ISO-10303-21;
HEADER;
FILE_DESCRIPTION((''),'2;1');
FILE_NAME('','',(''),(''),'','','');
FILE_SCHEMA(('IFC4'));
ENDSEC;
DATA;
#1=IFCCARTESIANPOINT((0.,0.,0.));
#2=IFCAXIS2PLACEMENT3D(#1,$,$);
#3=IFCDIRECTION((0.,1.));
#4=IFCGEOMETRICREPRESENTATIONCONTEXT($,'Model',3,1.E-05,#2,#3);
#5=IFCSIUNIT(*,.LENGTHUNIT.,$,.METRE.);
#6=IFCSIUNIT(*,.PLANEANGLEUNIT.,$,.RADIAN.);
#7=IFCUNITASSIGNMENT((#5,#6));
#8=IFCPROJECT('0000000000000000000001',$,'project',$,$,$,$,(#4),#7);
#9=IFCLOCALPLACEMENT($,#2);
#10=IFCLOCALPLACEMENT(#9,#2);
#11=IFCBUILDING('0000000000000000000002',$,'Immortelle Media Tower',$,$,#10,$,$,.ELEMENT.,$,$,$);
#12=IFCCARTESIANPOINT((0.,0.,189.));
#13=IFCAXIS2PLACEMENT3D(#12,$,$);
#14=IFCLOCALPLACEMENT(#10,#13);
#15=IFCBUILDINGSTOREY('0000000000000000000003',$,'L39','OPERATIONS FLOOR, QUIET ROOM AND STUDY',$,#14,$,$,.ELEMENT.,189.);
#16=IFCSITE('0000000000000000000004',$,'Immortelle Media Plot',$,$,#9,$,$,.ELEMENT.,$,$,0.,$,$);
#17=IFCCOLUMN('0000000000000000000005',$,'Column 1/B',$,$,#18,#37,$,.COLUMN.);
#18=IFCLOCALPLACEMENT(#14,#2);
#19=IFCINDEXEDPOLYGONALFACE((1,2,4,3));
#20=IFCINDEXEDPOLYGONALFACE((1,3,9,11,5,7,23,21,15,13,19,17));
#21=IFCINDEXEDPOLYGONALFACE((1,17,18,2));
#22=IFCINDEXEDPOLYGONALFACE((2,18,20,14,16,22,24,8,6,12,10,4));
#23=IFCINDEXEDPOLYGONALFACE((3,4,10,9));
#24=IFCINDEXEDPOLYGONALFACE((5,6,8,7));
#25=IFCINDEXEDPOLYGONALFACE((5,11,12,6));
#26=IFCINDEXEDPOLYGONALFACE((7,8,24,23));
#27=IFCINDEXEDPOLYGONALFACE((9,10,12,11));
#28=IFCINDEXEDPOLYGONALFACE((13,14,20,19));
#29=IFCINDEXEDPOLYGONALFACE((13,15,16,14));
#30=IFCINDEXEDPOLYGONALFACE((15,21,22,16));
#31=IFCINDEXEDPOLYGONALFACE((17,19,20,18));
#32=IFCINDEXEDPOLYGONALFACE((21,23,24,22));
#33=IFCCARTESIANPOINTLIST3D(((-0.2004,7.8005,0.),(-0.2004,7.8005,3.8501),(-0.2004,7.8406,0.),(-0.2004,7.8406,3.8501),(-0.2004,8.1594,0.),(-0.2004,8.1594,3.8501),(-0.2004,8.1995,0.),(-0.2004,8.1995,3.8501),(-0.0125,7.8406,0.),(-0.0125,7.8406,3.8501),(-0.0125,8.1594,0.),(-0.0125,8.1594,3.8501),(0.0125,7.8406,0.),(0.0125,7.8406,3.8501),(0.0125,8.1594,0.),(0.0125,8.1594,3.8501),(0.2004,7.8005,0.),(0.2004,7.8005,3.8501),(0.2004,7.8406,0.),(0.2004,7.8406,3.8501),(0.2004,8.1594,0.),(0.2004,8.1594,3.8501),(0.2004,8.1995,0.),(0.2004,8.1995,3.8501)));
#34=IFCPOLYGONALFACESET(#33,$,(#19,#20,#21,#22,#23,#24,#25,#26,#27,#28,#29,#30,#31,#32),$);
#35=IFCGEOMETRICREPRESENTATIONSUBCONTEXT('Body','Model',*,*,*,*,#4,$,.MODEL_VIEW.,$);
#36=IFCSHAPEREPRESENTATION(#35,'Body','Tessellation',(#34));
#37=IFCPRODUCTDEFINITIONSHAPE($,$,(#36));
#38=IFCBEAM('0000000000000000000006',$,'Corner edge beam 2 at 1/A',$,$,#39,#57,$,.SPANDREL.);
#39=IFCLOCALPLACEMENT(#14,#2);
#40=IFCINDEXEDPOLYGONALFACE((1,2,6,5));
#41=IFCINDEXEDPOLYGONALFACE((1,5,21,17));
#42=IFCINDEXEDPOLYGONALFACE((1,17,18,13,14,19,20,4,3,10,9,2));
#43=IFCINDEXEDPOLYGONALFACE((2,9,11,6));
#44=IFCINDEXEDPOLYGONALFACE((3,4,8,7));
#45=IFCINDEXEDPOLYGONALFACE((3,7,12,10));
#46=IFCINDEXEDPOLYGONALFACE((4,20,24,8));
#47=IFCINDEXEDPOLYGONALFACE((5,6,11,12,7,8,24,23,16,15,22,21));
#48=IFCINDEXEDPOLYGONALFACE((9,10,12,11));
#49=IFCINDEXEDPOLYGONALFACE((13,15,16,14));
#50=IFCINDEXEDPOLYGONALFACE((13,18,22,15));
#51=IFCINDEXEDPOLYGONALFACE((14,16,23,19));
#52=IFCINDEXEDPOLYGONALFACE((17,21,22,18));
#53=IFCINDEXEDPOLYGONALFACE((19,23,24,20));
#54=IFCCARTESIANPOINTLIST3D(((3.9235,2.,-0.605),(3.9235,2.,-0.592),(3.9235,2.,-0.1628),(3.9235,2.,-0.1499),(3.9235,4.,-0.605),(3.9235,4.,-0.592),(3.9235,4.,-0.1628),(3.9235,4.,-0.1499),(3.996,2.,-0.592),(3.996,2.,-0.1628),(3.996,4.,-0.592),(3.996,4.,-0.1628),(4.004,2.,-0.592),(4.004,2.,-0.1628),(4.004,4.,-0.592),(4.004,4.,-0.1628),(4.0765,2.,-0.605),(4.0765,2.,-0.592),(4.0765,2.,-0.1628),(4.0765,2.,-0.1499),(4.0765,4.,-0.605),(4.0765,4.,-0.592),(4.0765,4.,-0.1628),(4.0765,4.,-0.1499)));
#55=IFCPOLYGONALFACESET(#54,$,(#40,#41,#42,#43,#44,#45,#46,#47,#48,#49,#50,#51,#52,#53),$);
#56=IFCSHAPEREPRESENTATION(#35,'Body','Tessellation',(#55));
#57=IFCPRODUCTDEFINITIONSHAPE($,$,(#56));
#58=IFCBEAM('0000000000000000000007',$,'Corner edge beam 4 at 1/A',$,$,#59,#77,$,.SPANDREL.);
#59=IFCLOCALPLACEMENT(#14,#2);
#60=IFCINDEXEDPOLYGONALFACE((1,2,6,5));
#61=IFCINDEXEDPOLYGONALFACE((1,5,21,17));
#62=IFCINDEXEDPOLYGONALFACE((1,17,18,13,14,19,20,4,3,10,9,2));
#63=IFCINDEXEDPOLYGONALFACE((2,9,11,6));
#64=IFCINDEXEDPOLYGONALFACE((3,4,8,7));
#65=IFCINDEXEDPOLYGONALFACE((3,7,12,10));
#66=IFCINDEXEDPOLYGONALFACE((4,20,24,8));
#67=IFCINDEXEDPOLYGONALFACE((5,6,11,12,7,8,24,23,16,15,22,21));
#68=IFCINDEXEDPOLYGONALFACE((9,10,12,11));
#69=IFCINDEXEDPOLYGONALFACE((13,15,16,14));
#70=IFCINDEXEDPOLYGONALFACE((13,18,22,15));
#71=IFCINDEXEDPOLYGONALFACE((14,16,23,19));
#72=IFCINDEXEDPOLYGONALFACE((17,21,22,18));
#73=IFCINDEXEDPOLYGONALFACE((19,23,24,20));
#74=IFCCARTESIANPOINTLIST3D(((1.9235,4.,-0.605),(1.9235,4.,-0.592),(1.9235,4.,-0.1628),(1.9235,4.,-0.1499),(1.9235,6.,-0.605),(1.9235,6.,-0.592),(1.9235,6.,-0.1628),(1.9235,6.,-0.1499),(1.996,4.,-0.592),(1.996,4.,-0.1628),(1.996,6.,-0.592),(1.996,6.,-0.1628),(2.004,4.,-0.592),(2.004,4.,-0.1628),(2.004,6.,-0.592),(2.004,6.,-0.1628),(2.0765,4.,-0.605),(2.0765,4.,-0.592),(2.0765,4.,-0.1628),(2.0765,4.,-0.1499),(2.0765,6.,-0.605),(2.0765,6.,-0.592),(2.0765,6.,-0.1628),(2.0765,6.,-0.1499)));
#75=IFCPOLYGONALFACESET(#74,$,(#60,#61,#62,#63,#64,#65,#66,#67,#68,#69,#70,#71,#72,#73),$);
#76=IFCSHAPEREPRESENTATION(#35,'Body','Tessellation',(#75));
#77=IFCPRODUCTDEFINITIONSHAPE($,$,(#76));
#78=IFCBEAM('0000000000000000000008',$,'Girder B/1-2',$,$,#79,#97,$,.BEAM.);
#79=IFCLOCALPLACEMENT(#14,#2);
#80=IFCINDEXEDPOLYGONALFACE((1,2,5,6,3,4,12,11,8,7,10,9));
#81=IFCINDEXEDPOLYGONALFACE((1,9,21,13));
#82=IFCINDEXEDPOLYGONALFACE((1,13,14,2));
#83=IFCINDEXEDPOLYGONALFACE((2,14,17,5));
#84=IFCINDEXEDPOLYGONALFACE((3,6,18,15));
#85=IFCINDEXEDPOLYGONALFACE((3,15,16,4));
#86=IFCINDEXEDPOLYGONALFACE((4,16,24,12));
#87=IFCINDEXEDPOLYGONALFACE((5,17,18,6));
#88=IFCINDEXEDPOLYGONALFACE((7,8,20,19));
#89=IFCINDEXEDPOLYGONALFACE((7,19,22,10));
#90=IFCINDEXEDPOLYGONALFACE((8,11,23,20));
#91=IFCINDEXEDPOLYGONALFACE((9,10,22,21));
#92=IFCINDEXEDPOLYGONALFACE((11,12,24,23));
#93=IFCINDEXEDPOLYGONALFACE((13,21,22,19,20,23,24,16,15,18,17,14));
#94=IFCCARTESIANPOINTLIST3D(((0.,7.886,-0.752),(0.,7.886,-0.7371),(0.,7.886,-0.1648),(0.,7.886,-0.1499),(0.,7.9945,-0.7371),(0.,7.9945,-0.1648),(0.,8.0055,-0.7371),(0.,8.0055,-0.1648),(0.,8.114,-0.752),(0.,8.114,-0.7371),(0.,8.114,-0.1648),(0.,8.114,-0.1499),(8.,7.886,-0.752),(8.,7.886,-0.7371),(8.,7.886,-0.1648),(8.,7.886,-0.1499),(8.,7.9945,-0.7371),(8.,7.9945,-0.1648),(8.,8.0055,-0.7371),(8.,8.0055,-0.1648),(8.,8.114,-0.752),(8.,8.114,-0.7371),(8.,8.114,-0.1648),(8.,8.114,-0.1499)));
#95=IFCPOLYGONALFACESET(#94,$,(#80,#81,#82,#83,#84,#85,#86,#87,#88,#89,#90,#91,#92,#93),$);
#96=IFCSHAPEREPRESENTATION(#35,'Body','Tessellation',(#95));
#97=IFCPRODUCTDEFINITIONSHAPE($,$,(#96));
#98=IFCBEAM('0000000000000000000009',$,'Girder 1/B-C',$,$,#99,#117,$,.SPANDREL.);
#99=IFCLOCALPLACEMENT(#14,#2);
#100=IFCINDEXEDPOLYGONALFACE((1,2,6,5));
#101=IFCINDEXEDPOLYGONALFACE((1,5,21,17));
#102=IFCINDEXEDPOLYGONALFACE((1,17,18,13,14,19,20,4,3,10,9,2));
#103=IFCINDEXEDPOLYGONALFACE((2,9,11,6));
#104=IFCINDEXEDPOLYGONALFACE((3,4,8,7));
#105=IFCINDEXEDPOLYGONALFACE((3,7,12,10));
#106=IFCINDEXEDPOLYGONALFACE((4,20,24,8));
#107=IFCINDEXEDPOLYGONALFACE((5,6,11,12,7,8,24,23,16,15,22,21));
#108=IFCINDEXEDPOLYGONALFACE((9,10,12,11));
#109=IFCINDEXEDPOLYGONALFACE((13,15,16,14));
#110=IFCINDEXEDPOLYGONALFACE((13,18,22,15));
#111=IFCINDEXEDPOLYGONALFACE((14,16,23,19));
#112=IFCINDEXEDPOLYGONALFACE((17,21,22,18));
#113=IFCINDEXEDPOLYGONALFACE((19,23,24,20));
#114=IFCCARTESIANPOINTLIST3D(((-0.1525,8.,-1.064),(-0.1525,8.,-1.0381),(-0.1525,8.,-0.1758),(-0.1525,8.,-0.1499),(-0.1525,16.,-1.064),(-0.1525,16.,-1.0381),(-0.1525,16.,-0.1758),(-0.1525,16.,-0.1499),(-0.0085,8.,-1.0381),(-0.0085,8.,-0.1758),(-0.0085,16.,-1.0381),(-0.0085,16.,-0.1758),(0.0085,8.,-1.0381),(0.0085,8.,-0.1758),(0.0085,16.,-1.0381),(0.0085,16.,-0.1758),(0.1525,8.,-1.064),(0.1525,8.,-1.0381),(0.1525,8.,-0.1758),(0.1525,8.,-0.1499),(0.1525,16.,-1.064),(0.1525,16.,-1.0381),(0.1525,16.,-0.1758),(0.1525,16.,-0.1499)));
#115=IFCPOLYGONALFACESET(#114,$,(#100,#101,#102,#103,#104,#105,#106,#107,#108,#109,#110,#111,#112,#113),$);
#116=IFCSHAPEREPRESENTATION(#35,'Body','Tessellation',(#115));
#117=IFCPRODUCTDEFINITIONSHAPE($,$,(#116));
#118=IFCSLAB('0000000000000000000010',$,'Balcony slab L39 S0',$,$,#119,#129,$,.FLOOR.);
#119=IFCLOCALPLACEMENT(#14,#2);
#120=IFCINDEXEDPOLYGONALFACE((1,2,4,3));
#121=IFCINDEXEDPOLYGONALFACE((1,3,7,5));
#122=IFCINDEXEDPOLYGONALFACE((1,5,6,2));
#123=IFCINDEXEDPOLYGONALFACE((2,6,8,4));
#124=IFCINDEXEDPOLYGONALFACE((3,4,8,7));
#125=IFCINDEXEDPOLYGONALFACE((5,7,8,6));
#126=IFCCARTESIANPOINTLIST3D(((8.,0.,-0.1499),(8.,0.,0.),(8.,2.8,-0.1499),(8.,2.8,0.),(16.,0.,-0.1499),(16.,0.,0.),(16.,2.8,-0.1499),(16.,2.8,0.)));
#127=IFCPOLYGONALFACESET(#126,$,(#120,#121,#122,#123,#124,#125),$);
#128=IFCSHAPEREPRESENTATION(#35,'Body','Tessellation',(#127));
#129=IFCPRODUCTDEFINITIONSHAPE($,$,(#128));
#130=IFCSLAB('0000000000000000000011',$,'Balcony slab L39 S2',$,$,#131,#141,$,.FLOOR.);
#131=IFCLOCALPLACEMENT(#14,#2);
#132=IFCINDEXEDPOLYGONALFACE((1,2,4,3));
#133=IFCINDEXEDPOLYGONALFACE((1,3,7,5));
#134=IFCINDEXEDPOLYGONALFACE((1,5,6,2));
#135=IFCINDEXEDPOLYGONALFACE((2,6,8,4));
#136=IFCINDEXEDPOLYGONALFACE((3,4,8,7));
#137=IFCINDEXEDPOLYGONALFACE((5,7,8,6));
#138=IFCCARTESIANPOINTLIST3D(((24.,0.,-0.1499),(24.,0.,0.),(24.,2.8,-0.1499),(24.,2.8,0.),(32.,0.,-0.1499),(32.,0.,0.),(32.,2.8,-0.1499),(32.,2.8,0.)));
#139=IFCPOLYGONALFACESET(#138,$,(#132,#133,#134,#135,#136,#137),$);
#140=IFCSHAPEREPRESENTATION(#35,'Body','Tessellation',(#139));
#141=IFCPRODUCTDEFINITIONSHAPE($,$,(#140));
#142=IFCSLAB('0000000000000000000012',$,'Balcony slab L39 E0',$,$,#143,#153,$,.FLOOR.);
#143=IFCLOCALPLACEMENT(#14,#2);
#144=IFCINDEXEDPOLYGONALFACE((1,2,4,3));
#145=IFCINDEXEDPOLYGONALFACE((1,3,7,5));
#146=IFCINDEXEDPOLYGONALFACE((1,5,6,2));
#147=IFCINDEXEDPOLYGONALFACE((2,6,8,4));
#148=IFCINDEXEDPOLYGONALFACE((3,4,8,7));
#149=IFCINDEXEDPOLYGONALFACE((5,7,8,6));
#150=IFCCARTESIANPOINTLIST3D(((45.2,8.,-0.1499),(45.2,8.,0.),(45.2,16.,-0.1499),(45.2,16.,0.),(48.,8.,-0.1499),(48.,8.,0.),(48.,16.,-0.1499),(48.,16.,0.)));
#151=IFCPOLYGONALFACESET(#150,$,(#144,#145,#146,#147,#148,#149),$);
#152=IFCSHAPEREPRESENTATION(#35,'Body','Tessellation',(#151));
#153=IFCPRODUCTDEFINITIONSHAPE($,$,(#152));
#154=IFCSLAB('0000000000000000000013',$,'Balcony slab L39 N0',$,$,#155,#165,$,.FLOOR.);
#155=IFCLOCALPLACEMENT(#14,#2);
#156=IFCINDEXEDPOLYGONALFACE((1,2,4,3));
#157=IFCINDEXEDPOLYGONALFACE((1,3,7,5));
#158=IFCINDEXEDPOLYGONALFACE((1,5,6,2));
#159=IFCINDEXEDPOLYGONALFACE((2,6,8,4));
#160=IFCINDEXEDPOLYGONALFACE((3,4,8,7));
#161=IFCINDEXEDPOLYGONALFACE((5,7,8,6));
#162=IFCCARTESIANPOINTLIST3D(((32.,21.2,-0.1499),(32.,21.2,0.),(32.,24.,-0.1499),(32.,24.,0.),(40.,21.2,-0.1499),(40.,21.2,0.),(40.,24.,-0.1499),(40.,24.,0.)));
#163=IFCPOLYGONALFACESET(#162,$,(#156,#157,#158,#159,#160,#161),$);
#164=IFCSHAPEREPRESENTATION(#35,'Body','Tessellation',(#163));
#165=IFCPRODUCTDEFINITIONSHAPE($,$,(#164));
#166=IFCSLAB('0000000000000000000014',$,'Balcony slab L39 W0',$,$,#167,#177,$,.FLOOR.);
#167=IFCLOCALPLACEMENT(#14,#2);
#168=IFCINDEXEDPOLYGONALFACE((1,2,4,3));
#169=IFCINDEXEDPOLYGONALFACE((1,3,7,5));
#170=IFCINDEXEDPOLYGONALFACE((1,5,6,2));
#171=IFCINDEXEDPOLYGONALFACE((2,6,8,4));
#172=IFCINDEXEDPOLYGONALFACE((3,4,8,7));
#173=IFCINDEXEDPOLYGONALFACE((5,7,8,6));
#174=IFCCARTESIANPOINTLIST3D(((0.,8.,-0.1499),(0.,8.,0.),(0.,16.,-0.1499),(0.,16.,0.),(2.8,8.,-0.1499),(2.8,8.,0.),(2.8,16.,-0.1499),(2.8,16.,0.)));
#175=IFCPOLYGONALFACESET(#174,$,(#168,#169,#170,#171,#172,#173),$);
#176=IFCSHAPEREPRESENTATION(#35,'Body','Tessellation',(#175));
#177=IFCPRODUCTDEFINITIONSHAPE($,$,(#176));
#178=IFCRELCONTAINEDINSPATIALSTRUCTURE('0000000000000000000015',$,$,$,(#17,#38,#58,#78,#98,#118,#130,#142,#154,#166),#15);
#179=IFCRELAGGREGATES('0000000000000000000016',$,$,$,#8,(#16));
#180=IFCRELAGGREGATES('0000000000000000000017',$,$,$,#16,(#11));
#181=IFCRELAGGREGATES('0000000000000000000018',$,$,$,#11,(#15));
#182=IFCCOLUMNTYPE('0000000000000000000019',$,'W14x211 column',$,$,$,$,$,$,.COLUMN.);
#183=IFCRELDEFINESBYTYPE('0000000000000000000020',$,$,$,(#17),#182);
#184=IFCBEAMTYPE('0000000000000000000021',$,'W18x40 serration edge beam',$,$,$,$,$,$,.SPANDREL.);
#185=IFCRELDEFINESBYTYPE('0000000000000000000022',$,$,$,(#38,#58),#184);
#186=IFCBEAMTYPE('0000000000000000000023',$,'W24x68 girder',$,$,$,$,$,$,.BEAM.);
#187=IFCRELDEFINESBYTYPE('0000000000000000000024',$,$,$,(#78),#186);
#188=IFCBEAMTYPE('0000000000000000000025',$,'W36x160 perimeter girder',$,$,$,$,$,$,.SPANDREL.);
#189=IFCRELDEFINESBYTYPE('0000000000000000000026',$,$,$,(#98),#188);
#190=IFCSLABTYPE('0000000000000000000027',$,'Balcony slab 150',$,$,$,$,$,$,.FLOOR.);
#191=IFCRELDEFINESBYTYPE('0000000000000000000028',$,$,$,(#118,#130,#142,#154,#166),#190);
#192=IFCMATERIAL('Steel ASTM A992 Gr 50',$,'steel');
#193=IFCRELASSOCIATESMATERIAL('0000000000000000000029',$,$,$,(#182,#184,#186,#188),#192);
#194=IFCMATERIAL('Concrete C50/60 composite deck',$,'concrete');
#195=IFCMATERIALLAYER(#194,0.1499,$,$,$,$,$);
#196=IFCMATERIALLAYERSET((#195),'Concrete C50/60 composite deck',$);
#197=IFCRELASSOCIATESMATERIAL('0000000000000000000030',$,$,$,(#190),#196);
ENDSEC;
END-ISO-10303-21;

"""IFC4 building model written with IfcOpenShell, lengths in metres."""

from ifc_helpers import new_model, si_unit, direction, frame, origin, origin_2d, place, context, subcontext, project, spatial, polyline, i_section, outline, extrude, material, layer, layer_set, material_profile, profile_set, type_object, element, save


model = new_model("IFC4")

# Units and contexts
model_context = context("Model", 3, precision=1e-05, world=origin(), true_north=direction((0.0, 1.0)))
body_context = subcontext(model_context, "Body", "Model", "MODEL_VIEW")
ifc_project = project(units=[si_unit("LENGTHUNIT", "METRE"), si_unit("PLANEANGLEUNIT", "RADIAN")], contexts=[model_context])

# Site, building, storey
site_placement = place(None, origin())
site = spatial("IfcSite", under=ifc_project, at=site_placement, Name="Immortelle Media Plot", CompositionType="ELEMENT", RefElevation=0.0)
building_placement = place(site_placement, origin())
building = spatial("IfcBuilding", under=site, at=building_placement, Name="Immortelle Media Tower", CompositionType="ELEMENT")
storey_placement = place(building_placement, frame((0.0, 0.0, 189.0)))
storey = spatial("IfcBuildingStorey", under=building, at=storey_placement, Name="L39", Description="OPERATIONS FLOOR, QUIET ROOM AND STUDY", CompositionType="ELEMENT", Elevation=189.0)

# Column
ifc_material_1 = material(Name="Steel ASTM A992 Gr 50", Category="steel")
ifc_material_profile_1 = material_profile(ifc_material_1, i_section(OverallWidth=0.4009, OverallDepth=0.3989, WebThickness=0.0249, FlangeThickness=0.04, at=origin_2d()), Name="W14x211")
ifc_profile_set_1 = profile_set([ifc_material_profile_1], Name="Steel ASTM A992 Gr 50")
column_type = type_object("IfcColumnType", Name="W14x211 column", PredefinedType="COLUMN", material=ifc_profile_set_1)
column_placement = place(storey_placement, frame((0.0, 8.0, 0.0), z_axis=(0.0, 0.0, 1.0), x_axis=(1.0, 0.0, 0.0)))
element("IfcColumn", 1, at=column_placement, inside=storey, type_object=column_type, Name="Column 1/B", PredefinedType="COLUMN", context=body_context, shape_type="SweptSolid", body=[
    extrude(i_section(OverallWidth=0.4009, OverallDepth=0.3989, WebThickness=0.0249, FlangeThickness=0.04, at=origin_2d()), origin(), (0.0, 0.0, 1.0), 3.8501),
])

# Beams
ifc_material_profile_2 = material_profile(ifc_material_1, i_section(OverallWidth=0.1531, OverallDepth=0.4551, WebThickness=0.0081, FlangeThickness=0.0129, at=origin_2d()), Name="W18x40")
ifc_profile_set_2 = profile_set([ifc_material_profile_2], Name="Steel ASTM A992 Gr 50")
beam_type_1 = type_object("IfcBeamType", Name="W18x40 serration edge beam", PredefinedType="SPANDREL", material=ifc_profile_set_2)
for number, where, z_axis, x_axis, name in (
    (2, (4.0, 2.0, -0.3774), (0.0, 1.0, 0.0), (-1.0, 0.0, 0.0), "Corner edge beam 2 at 1/A"),
    (3, (2.0, 4.0, -0.3774), (0.0, 1.0, 0.0), (-1.0, 0.0, 0.0), "Corner edge beam 4 at 1/A"),
):
    element("IfcBeam", number, at=place(storey_placement, frame(where, z_axis=z_axis, x_axis=x_axis)), inside=storey, type_object=beam_type_1, Name=name, PredefinedType="SPANDREL", context=body_context, shape_type="SweptSolid", body=[
        extrude(i_section(OverallWidth=0.1531, OverallDepth=0.4551, WebThickness=0.0081, FlangeThickness=0.0129, at=origin_2d()), origin(), (0.0, 0.0, 1.0), 2.0),
    ])
ifc_material_profile_3 = material_profile(ifc_material_1, i_section(OverallWidth=0.228, OverallDepth=0.6021, WebThickness=0.011, FlangeThickness=0.0149, at=origin_2d()), Name="W24x68")
ifc_profile_set_3 = profile_set([ifc_material_profile_3], Name="Steel ASTM A992 Gr 50")
beam_type_2 = type_object("IfcBeamType", Name="W24x68 girder", PredefinedType="BEAM", material=ifc_profile_set_3)
beam_1_placement = place(storey_placement, frame((0.0, 8.0, -0.4509), z_axis=(1.0, 0.0, 0.0), x_axis=(0.0, 1.0, 0.0)))
element("IfcBeam", 4, at=beam_1_placement, inside=storey, type_object=beam_type_2, Name="Girder B/1-2", PredefinedType="BEAM", context=body_context, shape_type="SweptSolid", body=[
    extrude(i_section(OverallWidth=0.228, OverallDepth=0.6021, WebThickness=0.011, FlangeThickness=0.0149, at=origin_2d()), origin(), (0.0, 0.0, 1.0), 8.0),
])
ifc_material_profile_4 = material_profile(ifc_material_1, i_section(OverallWidth=0.3049, OverallDepth=0.9141, WebThickness=0.0171, FlangeThickness=0.0259, at=origin_2d()), Name="W36x160")
ifc_profile_set_4 = profile_set([ifc_material_profile_4], Name="Steel ASTM A992 Gr 50")
beam_type_3 = type_object("IfcBeamType", Name="W36x160 perimeter girder", PredefinedType="SPANDREL", material=ifc_profile_set_4)
beam_2_placement = place(storey_placement, frame((0.0, 8.0, -0.6069), z_axis=(0.0, 1.0, 0.0), x_axis=(-1.0, 0.0, 0.0)))
element("IfcBeam", 5, at=beam_2_placement, inside=storey, type_object=beam_type_3, Name="Girder 1/B-C", PredefinedType="SPANDREL", context=body_context, shape_type="SweptSolid", body=[
    extrude(i_section(OverallWidth=0.3049, OverallDepth=0.9141, WebThickness=0.0171, FlangeThickness=0.0259, at=origin_2d()), origin(), (0.0, 0.0, 1.0), 8.0),
])

# Slabs
ifc_material_2 = material(Name="Concrete C50/60 composite deck", Category="concrete")
ifc_layer_1 = layer(ifc_material_2, 0.1499)
ifc_layer_set_1 = layer_set([ifc_layer_1], Name="Concrete C50/60 composite deck")
slab_type_1 = type_object("IfcSlabType", Name="Balcony slab 150", PredefinedType="FLOOR", material=ifc_layer_set_1)
slab_1_placement = place(storey_placement, frame((0.0, 0.0, -0.1499)))
element("IfcSlab", 6, at=slab_1_placement, inside=storey, type_object=slab_type_1, Name="Balcony slab L39 S0", PredefinedType="FLOOR", context=body_context, shape_type="SweptSolid", body=[
    extrude(outline(polyline([(16.0, 0.0), (16.0, 2.8), (8.0, 2.8), (8.0, 0.0), (16.0, 0.0)])), origin(), (0.0, 0.0, 1.0), 0.1499),
])
slab_2_placement = place(storey_placement, frame((0.0, 0.0, -0.1499)))
element("IfcSlab", 7, at=slab_2_placement, inside=storey, type_object=slab_type_1, Name="Balcony slab L39 S2", PredefinedType="FLOOR", context=body_context, shape_type="SweptSolid", body=[
    extrude(outline(polyline([(32.0, 0.0), (32.0, 2.8), (24.0, 2.8), (24.0, 0.0), (32.0, 0.0)])), origin(), (0.0, 0.0, 1.0), 0.1499),
])
slab_3_placement = place(storey_placement, frame((0.0, 0.0, -0.1499)))
element("IfcSlab", 8, at=slab_3_placement, inside=storey, type_object=slab_type_1, Name="Balcony slab L39 E0", PredefinedType="FLOOR", context=body_context, shape_type="SweptSolid", body=[
    extrude(outline(polyline([(48.0, 8.0), (48.0, 16.0), (45.2, 16.0), (45.2, 8.0), (48.0, 8.0)])), origin(), (0.0, 0.0, 1.0), 0.1499),
])
slab_4_placement = place(storey_placement, frame((0.0, 0.0, -0.1499)))
element("IfcSlab", 9, at=slab_4_placement, inside=storey, type_object=slab_type_1, Name="Balcony slab L39 N0", PredefinedType="FLOOR", context=body_context, shape_type="SweptSolid", body=[
    extrude(outline(polyline([(40.0, 21.2), (40.0, 24.0), (32.0, 24.0), (32.0, 21.2), (40.0, 21.2)])), origin(), (0.0, 0.0, 1.0), 0.1499),
])
slab_5_placement = place(storey_placement, frame((0.0, 0.0, -0.1499)))
element("IfcSlab", 10, at=slab_5_placement, inside=storey, type_object=slab_type_1, Name="Balcony slab L39 W0", PredefinedType="FLOOR", context=body_context, shape_type="SweptSolid", body=[
    extrude(outline(polyline([(2.8, 8.0), (2.8, 16.0), (0.0, 16.0), (0.0, 8.0), (2.8, 8.0)])), origin(), (0.0, 0.0, 1.0), 0.1499),
])

save(model, "model.ifc")
